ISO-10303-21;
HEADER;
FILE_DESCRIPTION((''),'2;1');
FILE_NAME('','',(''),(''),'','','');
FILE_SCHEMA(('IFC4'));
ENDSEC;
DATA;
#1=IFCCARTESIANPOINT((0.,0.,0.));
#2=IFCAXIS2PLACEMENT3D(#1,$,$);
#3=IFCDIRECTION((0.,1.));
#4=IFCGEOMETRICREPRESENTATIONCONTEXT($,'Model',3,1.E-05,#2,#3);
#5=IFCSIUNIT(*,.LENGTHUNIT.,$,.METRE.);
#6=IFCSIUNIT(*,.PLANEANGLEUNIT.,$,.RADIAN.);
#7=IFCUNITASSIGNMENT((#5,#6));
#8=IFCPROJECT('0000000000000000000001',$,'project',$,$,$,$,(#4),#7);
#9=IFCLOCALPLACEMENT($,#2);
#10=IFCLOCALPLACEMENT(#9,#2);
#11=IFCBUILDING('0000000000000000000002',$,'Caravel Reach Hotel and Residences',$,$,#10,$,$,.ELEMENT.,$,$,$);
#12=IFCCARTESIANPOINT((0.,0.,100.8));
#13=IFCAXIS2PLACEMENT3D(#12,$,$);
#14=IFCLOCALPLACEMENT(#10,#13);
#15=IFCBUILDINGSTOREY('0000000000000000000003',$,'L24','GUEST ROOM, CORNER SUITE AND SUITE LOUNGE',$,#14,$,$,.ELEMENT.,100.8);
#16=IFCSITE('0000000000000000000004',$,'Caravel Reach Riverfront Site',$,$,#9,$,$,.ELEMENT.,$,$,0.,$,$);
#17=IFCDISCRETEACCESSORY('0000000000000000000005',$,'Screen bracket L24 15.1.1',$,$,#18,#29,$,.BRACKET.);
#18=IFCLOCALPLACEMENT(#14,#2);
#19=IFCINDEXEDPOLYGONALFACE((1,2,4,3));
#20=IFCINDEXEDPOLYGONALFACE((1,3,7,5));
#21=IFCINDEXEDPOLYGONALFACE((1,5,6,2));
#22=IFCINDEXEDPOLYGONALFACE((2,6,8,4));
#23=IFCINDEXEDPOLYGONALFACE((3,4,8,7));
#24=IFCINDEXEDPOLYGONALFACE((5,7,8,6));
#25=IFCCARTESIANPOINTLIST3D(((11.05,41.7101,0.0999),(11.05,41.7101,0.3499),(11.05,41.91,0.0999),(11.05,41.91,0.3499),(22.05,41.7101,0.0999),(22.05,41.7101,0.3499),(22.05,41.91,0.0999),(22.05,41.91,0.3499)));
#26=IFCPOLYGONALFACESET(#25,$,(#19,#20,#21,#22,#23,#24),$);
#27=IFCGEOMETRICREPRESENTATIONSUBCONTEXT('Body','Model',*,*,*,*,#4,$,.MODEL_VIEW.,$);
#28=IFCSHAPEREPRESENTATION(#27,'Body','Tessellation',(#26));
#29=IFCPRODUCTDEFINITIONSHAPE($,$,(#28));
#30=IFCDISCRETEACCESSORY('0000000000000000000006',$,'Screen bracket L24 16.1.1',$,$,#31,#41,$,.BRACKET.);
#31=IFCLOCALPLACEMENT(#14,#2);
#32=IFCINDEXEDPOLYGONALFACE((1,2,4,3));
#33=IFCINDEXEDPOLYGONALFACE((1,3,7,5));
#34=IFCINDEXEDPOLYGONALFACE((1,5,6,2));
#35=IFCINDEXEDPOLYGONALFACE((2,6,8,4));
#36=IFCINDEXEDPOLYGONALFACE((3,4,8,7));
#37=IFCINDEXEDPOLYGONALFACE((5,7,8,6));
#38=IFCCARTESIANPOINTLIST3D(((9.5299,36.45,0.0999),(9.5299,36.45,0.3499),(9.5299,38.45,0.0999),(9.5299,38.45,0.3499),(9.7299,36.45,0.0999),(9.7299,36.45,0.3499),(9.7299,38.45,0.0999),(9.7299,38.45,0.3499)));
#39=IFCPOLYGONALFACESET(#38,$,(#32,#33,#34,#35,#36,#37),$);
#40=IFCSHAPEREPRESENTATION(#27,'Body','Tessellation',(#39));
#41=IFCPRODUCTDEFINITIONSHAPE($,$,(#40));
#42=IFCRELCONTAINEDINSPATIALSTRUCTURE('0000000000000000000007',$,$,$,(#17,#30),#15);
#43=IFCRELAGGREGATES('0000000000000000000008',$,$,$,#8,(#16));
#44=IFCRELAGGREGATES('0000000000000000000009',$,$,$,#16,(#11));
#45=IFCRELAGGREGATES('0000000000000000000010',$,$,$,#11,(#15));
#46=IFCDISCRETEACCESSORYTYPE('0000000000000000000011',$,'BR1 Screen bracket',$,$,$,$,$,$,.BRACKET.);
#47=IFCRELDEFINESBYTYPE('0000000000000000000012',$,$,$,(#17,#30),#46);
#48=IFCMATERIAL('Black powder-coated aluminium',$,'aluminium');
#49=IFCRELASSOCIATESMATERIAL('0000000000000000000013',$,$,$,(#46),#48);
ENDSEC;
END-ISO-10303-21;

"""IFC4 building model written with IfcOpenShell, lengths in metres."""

from ifc_helpers import new_model, si_unit, direction, frame, origin, origin_2d, place, context, subcontext, project, spatial, rectangle, extrude, material, type_object, element, save


model = new_model("IFC4")

# Units and contexts
model_context = context("Model", 3, precision=1e-05, world=origin(), true_north=direction((0.0, 1.0)))
body_context = subcontext(model_context, "Body", "Model", "MODEL_VIEW")
ifc_project = project(units=[si_unit("LENGTHUNIT", "METRE"), si_unit("PLANEANGLEUNIT", "RADIAN")], contexts=[model_context])

# Site, building, storey
site_placement = place(None, origin())
site = spatial("IfcSite", under=ifc_project, at=site_placement, Name="Caravel Reach Riverfront Site", CompositionType="ELEMENT", RefElevation=0.0)
building_placement = place(site_placement, origin())
building = spatial("IfcBuilding", under=site, at=building_placement, Name="Caravel Reach Hotel and Residences", CompositionType="ELEMENT")
storey_placement = place(building_placement, frame((0.0, 0.0, 100.8)))
storey = spatial("IfcBuildingStorey", under=building, at=storey_placement, Name="L24", Description="GUEST ROOM, CORNER SUITE AND SUITE LOUNGE", CompositionType="ELEMENT", Elevation=100.8)

# Discrete accessories
ifc_material_1 = material(Name="Black powder-coated aluminium", Category="aluminium")
discrete_accessory_type = type_object("IfcDiscreteAccessoryType", Name="BR1 Screen bracket", PredefinedType="BRACKET", material=ifc_material_1)
discrete_accessory_1_placement = place(storey_placement, frame((16.55, 41.8101, 0.0999), z_axis=(0.0, 0.0, 1.0), x_axis=(-1.0, 0.0, 0.0)))
element("IfcDiscreteAccessory", 1, at=discrete_accessory_1_placement, inside=storey, type_object=discrete_accessory_type, Name="Screen bracket L24 15.1.1", PredefinedType="BRACKET", context=body_context, shape_type="SweptSolid", body=[
    extrude(rectangle(XDim=11.0, YDim=0.2, at=origin_2d()), origin(), (0.0, 0.0, 1.0), 0.25),
])
discrete_accessory_2_placement = place(storey_placement, frame((9.6299, 37.45, 0.0999), z_axis=(0.0, 0.0, 1.0), x_axis=(0.0, 1.0, 0.0)))
element("IfcDiscreteAccessory", 2, at=discrete_accessory_2_placement, inside=storey, type_object=discrete_accessory_type, Name="Screen bracket L24 16.1.1", PredefinedType="BRACKET", context=body_context, shape_type="SweptSolid", body=[
    extrude(rectangle(XDim=2.0, YDim=0.2, at=origin_2d()), origin(), (0.0, 0.0, 1.0), 0.25),
])

save(model, "model.ifc")
